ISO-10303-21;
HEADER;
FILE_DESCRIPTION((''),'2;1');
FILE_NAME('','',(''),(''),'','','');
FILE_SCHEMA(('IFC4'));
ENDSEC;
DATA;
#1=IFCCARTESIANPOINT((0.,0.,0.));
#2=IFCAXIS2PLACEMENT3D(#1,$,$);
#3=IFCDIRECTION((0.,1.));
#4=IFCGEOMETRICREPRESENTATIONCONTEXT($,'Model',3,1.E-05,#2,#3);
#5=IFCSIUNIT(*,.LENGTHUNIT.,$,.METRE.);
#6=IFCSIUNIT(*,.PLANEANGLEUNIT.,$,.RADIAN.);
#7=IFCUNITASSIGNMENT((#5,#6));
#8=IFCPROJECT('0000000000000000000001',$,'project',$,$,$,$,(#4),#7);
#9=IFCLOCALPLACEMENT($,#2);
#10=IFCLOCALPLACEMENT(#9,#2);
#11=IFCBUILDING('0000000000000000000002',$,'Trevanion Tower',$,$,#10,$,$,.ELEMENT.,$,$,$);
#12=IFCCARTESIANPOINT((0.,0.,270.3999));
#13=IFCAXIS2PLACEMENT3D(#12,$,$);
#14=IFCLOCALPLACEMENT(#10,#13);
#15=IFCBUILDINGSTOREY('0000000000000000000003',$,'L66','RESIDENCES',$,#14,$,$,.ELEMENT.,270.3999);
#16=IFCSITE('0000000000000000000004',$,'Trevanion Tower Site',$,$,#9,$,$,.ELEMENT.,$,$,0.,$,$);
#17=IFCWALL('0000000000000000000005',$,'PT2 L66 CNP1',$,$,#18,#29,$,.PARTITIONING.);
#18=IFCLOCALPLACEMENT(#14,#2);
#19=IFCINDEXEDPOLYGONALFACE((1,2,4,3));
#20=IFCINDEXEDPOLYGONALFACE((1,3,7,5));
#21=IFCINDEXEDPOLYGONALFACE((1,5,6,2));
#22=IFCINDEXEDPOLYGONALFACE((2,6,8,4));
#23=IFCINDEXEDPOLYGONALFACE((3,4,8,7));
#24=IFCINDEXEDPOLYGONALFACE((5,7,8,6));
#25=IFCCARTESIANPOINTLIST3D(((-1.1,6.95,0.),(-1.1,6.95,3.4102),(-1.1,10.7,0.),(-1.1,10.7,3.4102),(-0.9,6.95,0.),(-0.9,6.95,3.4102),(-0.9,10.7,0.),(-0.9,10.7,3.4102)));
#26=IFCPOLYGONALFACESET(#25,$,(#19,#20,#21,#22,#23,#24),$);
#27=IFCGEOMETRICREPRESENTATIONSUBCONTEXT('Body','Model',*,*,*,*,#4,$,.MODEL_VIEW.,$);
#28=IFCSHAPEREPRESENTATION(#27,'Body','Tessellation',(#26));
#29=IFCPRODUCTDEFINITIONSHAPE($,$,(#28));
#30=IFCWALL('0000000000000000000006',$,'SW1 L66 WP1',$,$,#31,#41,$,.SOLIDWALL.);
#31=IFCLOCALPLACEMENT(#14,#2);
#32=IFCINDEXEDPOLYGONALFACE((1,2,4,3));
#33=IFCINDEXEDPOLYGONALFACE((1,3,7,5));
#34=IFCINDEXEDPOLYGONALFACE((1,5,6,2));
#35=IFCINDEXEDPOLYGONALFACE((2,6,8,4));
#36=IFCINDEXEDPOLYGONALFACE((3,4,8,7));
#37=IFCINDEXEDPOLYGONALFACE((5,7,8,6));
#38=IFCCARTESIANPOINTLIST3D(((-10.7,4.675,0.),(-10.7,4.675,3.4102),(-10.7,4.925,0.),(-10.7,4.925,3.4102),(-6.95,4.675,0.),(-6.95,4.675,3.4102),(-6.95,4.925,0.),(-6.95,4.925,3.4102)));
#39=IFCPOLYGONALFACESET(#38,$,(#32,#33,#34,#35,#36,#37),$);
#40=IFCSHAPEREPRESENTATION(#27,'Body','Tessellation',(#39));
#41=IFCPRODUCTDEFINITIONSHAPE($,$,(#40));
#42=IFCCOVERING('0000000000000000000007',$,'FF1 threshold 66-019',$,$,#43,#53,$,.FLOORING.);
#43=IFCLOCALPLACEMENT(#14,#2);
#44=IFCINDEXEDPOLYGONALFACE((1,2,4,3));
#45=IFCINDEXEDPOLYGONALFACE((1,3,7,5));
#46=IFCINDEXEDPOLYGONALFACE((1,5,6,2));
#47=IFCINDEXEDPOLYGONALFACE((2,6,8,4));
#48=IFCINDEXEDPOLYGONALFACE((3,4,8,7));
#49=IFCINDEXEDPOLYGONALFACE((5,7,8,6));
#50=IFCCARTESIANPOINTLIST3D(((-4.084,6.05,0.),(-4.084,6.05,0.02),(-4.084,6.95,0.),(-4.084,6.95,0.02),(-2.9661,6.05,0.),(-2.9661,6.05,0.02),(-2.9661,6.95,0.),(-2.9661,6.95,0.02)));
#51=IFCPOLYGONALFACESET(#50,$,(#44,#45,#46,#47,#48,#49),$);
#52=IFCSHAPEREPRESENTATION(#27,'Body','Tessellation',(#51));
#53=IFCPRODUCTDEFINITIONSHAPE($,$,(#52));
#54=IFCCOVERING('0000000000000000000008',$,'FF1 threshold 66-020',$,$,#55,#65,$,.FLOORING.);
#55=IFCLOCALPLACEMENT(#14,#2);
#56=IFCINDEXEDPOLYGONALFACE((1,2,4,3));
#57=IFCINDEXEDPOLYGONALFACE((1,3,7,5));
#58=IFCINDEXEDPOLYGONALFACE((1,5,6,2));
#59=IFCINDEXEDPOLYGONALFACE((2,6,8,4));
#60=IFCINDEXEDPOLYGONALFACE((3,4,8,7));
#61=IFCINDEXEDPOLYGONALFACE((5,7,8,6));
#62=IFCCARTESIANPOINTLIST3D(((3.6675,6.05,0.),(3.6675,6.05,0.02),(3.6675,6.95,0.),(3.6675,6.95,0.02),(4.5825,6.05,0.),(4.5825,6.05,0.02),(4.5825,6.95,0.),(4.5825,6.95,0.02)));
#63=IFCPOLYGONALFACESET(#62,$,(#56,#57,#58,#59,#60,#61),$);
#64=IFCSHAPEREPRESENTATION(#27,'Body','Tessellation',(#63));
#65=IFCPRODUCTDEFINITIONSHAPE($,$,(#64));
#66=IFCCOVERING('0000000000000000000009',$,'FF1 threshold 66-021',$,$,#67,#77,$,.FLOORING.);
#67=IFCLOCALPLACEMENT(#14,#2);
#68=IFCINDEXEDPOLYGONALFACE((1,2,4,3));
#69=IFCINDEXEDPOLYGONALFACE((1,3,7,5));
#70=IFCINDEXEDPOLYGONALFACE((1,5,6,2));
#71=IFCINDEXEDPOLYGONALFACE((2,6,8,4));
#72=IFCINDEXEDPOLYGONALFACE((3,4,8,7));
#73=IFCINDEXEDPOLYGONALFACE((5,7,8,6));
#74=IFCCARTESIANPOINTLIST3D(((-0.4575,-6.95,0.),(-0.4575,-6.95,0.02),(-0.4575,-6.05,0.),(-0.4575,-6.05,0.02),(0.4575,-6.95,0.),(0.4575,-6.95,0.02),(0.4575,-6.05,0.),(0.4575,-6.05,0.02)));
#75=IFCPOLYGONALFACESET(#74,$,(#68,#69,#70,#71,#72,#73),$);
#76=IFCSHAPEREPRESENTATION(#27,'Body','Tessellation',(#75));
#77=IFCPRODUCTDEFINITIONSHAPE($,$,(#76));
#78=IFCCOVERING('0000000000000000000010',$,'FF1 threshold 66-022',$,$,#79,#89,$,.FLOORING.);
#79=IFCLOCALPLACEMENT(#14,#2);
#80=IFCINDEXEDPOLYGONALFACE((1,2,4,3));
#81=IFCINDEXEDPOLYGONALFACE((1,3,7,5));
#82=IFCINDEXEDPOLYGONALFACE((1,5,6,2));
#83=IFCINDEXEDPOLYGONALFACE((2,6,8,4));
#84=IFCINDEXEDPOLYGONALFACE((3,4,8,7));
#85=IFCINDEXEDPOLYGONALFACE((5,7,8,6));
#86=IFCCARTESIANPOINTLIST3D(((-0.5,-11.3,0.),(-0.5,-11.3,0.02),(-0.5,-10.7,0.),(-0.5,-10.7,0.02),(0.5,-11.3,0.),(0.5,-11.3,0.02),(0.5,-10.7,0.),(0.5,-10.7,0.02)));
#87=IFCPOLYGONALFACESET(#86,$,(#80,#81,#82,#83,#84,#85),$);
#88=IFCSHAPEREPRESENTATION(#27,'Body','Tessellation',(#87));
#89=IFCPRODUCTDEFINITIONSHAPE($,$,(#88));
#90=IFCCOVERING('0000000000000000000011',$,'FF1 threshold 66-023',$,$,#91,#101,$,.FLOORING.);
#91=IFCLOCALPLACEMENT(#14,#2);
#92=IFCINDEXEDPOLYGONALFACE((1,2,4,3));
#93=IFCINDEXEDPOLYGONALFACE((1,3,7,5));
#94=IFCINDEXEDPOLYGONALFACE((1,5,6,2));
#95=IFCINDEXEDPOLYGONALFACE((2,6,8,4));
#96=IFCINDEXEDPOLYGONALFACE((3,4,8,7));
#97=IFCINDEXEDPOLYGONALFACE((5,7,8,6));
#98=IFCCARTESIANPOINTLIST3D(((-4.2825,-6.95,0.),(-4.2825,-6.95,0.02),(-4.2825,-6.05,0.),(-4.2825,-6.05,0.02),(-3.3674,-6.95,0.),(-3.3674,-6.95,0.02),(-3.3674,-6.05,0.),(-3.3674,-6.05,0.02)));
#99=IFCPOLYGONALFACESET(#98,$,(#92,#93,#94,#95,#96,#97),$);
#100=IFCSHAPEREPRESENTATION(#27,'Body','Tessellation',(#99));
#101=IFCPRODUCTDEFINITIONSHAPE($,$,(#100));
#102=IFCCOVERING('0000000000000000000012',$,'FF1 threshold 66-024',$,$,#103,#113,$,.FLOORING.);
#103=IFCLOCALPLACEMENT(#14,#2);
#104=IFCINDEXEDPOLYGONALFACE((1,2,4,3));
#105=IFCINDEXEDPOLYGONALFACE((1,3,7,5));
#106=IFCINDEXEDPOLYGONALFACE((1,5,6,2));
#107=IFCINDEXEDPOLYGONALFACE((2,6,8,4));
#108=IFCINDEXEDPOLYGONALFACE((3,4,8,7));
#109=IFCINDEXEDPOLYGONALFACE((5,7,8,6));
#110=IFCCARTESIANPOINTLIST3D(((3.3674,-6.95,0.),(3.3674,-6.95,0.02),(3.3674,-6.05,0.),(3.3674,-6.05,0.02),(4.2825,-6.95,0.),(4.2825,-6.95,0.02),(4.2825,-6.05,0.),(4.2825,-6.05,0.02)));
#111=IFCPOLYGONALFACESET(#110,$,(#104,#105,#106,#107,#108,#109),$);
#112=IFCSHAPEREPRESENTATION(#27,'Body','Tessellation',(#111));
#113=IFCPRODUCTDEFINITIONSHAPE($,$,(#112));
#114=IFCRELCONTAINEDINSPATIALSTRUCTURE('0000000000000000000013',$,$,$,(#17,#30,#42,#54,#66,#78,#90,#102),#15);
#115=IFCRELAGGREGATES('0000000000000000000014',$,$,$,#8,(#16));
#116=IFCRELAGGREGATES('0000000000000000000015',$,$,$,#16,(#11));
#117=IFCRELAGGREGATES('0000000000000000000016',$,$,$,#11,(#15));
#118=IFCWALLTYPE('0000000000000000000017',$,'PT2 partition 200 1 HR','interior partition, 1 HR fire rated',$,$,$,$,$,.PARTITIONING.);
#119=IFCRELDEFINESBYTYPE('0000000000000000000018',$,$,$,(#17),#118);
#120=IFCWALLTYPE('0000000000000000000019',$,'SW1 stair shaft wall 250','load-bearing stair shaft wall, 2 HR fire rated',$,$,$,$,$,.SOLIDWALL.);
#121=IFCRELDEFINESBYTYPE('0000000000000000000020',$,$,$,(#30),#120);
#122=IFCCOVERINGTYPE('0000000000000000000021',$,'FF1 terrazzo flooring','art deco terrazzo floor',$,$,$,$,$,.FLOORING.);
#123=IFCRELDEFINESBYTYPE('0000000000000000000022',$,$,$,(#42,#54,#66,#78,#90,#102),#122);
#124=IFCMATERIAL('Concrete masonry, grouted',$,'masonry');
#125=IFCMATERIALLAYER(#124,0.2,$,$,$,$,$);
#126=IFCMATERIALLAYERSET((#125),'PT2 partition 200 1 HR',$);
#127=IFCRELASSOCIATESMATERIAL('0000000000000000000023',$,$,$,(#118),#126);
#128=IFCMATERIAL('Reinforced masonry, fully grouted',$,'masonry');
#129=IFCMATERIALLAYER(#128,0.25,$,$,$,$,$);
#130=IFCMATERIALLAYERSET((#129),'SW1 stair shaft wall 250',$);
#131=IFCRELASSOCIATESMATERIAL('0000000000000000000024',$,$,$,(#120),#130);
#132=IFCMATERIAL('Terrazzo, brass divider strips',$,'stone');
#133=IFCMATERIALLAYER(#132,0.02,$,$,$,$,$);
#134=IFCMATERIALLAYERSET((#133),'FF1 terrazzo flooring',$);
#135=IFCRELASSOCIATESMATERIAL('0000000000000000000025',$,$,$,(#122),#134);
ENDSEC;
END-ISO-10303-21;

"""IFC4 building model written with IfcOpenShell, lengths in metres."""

from ifc_helpers import new_model, si_unit, direction, frame, frame_2d, origin, place, context, subcontext, project, spatial, polyline, rectangle, outline, extrude, material, layer, layer_set, type_object, element, save


model = new_model("IFC4")

# Units and contexts
model_context = context("Model", 3, precision=1e-05, world=origin(), true_north=direction((0.0, 1.0)))
body_context = subcontext(model_context, "Body", "Model", "MODEL_VIEW")
ifc_project = project(units=[si_unit("LENGTHUNIT", "METRE"), si_unit("PLANEANGLEUNIT", "RADIAN")], contexts=[model_context])

# Site, building, storey
site_placement = place(None, origin())
site = spatial("IfcSite", under=ifc_project, at=site_placement, Name="Trevanion Tower Site", CompositionType="ELEMENT", RefElevation=0.0)
building_placement = place(site_placement, origin())
building = spatial("IfcBuilding", under=site, at=building_placement, Name="Trevanion Tower", CompositionType="ELEMENT")
storey_placement = place(building_placement, frame((0.0, 0.0, 270.3999)))
storey = spatial("IfcBuildingStorey", under=building, at=storey_placement, Name="L66", Description="RESIDENCES", CompositionType="ELEMENT", Elevation=270.3999)

# Shared definitions
ifc_material_1 = material(Name="Concrete masonry, grouted", Category="masonry")
ifc_layer_1 = layer(ifc_material_1, 0.2)
ifc_layer_set_1 = layer_set([ifc_layer_1], Name="PT2 partition 200 1 HR")
wall_type_1 = type_object("IfcWallType", Name="PT2 partition 200 1 HR", Description="interior partition, 1 HR fire rated", PredefinedType="PARTITIONING", material=ifc_layer_set_1)

# Walls
wall_1_placement = place(storey_placement, frame((-1.0, 6.95, 0.0), z_axis=(0.0, 0.0, 1.0), x_axis=(0.0, 1.0, 0.0)))
element("IfcWall", 1, at=wall_1_placement, inside=storey, type_object=wall_type_1, Name="PT2 L66 CNP1", PredefinedType="PARTITIONING", context=body_context, shape_type="SweptSolid", body=[
    extrude(rectangle(XDim=3.75, YDim=0.2, at=frame_2d((1.875, 0.0))), origin(), (0.0, 0.0, 1.0), 3.4102),
])
ifc_material_2 = material(Name="Reinforced masonry, fully grouted", Category="masonry")
ifc_layer_2 = layer(ifc_material_2, 0.25)
ifc_layer_set_2 = layer_set([ifc_layer_2], Name="SW1 stair shaft wall 250")
wall_type_2 = type_object("IfcWallType", Name="SW1 stair shaft wall 250", Description="load-bearing stair shaft wall, 2 HR fire rated", PredefinedType="SOLIDWALL", material=ifc_layer_set_2)
wall_2_placement = place(storey_placement, frame((-6.95, 4.8, 0.0), z_axis=(0.0, 0.0, 1.0), x_axis=(-1.0, 0.0, 0.0)))
element("IfcWall", 2, at=wall_2_placement, inside=storey, type_object=wall_type_2, Name="SW1 L66 WP1", PredefinedType="SOLIDWALL", context=body_context, shape_type="SweptSolid", body=[
    extrude(rectangle(XDim=3.75, YDim=0.25, at=frame_2d((1.875, 0.0))), origin(), (0.0, 0.0, 1.0), 3.4102),
])

# Coverings
ifc_material_3 = material(Name="Terrazzo, brass divider strips", Category="stone")
ifc_layer_3 = layer(ifc_material_3, 0.02)
ifc_layer_set_3 = layer_set([ifc_layer_3], Name="FF1 terrazzo flooring")
covering_type = type_object("IfcCoveringType", Name="FF1 terrazzo flooring", Description="art deco terrazzo floor", PredefinedType="FLOORING", material=ifc_layer_set_3)
covering_1_placement = place(storey_placement, origin())
element("IfcCovering", 3, at=covering_1_placement, inside=storey, type_object=covering_type, Name="FF1 threshold 66-019", PredefinedType="FLOORING", context=body_context, shape_type="SweptSolid", body=[
    extrude(outline(polyline([(-2.9661, 6.95), (-4.084, 6.95), (-4.084, 6.05), (-2.9661, 6.05), (-2.9661, 6.95)])), origin(), (0.0, 0.0, 1.0), 0.02),
])
covering_2_placement = place(storey_placement, origin())
element("IfcCovering", 4, at=covering_2_placement, inside=storey, type_object=covering_type, Name="FF1 threshold 66-020", PredefinedType="FLOORING", context=body_context, shape_type="SweptSolid", body=[
    extrude(outline(polyline([(4.5825, 6.95), (3.6675, 6.95), (3.6675, 6.05), (4.5825, 6.05), (4.5825, 6.95)])), origin(), (0.0, 0.0, 1.0), 0.02),
])
covering_3_placement = place(storey_placement, origin())
element("IfcCovering", 5, at=covering_3_placement, inside=storey, type_object=covering_type, Name="FF1 threshold 66-021", PredefinedType="FLOORING", context=body_context, shape_type="SweptSolid", body=[
    extrude(outline(polyline([(-0.4575, -6.95), (0.4575, -6.95), (0.4575, -6.05), (-0.4575, -6.05), (-0.4575, -6.95)])), origin(), (0.0, 0.0, 1.0), 0.02),
])
covering_4_placement = place(storey_placement, origin())
element("IfcCovering", 6, at=covering_4_placement, inside=storey, type_object=covering_type, Name="FF1 threshold 66-022", PredefinedType="FLOORING", context=body_context, shape_type="SweptSolid", body=[
    extrude(outline(polyline([(-0.5, -11.3), (0.5, -11.3), (0.5, -10.7), (-0.5, -10.7), (-0.5, -11.3)])), origin(), (0.0, 0.0, 1.0), 0.02),
])
covering_5_placement = place(storey_placement, origin())
element("IfcCovering", 7, at=covering_5_placement, inside=storey, type_object=covering_type, Name="FF1 threshold 66-023", PredefinedType="FLOORING", context=body_context, shape_type="SweptSolid", body=[
    extrude(outline(polyline([(-4.2825, -6.95), (-3.3674, -6.95), (-3.3674, -6.05), (-4.2825, -6.05), (-4.2825, -6.95)])), origin(), (0.0, 0.0, 1.0), 0.02),
])
covering_6_placement = place(storey_placement, origin())
element("IfcCovering", 8, at=covering_6_placement, inside=storey, type_object=covering_type, Name="FF1 threshold 66-024", PredefinedType="FLOORING", context=body_context, shape_type="SweptSolid", body=[
    extrude(outline(polyline([(3.3674, -6.95), (4.2825, -6.95), (4.2825, -6.05), (3.3674, -6.05), (3.3674, -6.95)])), origin(), (0.0, 0.0, 1.0), 0.02),
])

save(model, "model.ifc")
